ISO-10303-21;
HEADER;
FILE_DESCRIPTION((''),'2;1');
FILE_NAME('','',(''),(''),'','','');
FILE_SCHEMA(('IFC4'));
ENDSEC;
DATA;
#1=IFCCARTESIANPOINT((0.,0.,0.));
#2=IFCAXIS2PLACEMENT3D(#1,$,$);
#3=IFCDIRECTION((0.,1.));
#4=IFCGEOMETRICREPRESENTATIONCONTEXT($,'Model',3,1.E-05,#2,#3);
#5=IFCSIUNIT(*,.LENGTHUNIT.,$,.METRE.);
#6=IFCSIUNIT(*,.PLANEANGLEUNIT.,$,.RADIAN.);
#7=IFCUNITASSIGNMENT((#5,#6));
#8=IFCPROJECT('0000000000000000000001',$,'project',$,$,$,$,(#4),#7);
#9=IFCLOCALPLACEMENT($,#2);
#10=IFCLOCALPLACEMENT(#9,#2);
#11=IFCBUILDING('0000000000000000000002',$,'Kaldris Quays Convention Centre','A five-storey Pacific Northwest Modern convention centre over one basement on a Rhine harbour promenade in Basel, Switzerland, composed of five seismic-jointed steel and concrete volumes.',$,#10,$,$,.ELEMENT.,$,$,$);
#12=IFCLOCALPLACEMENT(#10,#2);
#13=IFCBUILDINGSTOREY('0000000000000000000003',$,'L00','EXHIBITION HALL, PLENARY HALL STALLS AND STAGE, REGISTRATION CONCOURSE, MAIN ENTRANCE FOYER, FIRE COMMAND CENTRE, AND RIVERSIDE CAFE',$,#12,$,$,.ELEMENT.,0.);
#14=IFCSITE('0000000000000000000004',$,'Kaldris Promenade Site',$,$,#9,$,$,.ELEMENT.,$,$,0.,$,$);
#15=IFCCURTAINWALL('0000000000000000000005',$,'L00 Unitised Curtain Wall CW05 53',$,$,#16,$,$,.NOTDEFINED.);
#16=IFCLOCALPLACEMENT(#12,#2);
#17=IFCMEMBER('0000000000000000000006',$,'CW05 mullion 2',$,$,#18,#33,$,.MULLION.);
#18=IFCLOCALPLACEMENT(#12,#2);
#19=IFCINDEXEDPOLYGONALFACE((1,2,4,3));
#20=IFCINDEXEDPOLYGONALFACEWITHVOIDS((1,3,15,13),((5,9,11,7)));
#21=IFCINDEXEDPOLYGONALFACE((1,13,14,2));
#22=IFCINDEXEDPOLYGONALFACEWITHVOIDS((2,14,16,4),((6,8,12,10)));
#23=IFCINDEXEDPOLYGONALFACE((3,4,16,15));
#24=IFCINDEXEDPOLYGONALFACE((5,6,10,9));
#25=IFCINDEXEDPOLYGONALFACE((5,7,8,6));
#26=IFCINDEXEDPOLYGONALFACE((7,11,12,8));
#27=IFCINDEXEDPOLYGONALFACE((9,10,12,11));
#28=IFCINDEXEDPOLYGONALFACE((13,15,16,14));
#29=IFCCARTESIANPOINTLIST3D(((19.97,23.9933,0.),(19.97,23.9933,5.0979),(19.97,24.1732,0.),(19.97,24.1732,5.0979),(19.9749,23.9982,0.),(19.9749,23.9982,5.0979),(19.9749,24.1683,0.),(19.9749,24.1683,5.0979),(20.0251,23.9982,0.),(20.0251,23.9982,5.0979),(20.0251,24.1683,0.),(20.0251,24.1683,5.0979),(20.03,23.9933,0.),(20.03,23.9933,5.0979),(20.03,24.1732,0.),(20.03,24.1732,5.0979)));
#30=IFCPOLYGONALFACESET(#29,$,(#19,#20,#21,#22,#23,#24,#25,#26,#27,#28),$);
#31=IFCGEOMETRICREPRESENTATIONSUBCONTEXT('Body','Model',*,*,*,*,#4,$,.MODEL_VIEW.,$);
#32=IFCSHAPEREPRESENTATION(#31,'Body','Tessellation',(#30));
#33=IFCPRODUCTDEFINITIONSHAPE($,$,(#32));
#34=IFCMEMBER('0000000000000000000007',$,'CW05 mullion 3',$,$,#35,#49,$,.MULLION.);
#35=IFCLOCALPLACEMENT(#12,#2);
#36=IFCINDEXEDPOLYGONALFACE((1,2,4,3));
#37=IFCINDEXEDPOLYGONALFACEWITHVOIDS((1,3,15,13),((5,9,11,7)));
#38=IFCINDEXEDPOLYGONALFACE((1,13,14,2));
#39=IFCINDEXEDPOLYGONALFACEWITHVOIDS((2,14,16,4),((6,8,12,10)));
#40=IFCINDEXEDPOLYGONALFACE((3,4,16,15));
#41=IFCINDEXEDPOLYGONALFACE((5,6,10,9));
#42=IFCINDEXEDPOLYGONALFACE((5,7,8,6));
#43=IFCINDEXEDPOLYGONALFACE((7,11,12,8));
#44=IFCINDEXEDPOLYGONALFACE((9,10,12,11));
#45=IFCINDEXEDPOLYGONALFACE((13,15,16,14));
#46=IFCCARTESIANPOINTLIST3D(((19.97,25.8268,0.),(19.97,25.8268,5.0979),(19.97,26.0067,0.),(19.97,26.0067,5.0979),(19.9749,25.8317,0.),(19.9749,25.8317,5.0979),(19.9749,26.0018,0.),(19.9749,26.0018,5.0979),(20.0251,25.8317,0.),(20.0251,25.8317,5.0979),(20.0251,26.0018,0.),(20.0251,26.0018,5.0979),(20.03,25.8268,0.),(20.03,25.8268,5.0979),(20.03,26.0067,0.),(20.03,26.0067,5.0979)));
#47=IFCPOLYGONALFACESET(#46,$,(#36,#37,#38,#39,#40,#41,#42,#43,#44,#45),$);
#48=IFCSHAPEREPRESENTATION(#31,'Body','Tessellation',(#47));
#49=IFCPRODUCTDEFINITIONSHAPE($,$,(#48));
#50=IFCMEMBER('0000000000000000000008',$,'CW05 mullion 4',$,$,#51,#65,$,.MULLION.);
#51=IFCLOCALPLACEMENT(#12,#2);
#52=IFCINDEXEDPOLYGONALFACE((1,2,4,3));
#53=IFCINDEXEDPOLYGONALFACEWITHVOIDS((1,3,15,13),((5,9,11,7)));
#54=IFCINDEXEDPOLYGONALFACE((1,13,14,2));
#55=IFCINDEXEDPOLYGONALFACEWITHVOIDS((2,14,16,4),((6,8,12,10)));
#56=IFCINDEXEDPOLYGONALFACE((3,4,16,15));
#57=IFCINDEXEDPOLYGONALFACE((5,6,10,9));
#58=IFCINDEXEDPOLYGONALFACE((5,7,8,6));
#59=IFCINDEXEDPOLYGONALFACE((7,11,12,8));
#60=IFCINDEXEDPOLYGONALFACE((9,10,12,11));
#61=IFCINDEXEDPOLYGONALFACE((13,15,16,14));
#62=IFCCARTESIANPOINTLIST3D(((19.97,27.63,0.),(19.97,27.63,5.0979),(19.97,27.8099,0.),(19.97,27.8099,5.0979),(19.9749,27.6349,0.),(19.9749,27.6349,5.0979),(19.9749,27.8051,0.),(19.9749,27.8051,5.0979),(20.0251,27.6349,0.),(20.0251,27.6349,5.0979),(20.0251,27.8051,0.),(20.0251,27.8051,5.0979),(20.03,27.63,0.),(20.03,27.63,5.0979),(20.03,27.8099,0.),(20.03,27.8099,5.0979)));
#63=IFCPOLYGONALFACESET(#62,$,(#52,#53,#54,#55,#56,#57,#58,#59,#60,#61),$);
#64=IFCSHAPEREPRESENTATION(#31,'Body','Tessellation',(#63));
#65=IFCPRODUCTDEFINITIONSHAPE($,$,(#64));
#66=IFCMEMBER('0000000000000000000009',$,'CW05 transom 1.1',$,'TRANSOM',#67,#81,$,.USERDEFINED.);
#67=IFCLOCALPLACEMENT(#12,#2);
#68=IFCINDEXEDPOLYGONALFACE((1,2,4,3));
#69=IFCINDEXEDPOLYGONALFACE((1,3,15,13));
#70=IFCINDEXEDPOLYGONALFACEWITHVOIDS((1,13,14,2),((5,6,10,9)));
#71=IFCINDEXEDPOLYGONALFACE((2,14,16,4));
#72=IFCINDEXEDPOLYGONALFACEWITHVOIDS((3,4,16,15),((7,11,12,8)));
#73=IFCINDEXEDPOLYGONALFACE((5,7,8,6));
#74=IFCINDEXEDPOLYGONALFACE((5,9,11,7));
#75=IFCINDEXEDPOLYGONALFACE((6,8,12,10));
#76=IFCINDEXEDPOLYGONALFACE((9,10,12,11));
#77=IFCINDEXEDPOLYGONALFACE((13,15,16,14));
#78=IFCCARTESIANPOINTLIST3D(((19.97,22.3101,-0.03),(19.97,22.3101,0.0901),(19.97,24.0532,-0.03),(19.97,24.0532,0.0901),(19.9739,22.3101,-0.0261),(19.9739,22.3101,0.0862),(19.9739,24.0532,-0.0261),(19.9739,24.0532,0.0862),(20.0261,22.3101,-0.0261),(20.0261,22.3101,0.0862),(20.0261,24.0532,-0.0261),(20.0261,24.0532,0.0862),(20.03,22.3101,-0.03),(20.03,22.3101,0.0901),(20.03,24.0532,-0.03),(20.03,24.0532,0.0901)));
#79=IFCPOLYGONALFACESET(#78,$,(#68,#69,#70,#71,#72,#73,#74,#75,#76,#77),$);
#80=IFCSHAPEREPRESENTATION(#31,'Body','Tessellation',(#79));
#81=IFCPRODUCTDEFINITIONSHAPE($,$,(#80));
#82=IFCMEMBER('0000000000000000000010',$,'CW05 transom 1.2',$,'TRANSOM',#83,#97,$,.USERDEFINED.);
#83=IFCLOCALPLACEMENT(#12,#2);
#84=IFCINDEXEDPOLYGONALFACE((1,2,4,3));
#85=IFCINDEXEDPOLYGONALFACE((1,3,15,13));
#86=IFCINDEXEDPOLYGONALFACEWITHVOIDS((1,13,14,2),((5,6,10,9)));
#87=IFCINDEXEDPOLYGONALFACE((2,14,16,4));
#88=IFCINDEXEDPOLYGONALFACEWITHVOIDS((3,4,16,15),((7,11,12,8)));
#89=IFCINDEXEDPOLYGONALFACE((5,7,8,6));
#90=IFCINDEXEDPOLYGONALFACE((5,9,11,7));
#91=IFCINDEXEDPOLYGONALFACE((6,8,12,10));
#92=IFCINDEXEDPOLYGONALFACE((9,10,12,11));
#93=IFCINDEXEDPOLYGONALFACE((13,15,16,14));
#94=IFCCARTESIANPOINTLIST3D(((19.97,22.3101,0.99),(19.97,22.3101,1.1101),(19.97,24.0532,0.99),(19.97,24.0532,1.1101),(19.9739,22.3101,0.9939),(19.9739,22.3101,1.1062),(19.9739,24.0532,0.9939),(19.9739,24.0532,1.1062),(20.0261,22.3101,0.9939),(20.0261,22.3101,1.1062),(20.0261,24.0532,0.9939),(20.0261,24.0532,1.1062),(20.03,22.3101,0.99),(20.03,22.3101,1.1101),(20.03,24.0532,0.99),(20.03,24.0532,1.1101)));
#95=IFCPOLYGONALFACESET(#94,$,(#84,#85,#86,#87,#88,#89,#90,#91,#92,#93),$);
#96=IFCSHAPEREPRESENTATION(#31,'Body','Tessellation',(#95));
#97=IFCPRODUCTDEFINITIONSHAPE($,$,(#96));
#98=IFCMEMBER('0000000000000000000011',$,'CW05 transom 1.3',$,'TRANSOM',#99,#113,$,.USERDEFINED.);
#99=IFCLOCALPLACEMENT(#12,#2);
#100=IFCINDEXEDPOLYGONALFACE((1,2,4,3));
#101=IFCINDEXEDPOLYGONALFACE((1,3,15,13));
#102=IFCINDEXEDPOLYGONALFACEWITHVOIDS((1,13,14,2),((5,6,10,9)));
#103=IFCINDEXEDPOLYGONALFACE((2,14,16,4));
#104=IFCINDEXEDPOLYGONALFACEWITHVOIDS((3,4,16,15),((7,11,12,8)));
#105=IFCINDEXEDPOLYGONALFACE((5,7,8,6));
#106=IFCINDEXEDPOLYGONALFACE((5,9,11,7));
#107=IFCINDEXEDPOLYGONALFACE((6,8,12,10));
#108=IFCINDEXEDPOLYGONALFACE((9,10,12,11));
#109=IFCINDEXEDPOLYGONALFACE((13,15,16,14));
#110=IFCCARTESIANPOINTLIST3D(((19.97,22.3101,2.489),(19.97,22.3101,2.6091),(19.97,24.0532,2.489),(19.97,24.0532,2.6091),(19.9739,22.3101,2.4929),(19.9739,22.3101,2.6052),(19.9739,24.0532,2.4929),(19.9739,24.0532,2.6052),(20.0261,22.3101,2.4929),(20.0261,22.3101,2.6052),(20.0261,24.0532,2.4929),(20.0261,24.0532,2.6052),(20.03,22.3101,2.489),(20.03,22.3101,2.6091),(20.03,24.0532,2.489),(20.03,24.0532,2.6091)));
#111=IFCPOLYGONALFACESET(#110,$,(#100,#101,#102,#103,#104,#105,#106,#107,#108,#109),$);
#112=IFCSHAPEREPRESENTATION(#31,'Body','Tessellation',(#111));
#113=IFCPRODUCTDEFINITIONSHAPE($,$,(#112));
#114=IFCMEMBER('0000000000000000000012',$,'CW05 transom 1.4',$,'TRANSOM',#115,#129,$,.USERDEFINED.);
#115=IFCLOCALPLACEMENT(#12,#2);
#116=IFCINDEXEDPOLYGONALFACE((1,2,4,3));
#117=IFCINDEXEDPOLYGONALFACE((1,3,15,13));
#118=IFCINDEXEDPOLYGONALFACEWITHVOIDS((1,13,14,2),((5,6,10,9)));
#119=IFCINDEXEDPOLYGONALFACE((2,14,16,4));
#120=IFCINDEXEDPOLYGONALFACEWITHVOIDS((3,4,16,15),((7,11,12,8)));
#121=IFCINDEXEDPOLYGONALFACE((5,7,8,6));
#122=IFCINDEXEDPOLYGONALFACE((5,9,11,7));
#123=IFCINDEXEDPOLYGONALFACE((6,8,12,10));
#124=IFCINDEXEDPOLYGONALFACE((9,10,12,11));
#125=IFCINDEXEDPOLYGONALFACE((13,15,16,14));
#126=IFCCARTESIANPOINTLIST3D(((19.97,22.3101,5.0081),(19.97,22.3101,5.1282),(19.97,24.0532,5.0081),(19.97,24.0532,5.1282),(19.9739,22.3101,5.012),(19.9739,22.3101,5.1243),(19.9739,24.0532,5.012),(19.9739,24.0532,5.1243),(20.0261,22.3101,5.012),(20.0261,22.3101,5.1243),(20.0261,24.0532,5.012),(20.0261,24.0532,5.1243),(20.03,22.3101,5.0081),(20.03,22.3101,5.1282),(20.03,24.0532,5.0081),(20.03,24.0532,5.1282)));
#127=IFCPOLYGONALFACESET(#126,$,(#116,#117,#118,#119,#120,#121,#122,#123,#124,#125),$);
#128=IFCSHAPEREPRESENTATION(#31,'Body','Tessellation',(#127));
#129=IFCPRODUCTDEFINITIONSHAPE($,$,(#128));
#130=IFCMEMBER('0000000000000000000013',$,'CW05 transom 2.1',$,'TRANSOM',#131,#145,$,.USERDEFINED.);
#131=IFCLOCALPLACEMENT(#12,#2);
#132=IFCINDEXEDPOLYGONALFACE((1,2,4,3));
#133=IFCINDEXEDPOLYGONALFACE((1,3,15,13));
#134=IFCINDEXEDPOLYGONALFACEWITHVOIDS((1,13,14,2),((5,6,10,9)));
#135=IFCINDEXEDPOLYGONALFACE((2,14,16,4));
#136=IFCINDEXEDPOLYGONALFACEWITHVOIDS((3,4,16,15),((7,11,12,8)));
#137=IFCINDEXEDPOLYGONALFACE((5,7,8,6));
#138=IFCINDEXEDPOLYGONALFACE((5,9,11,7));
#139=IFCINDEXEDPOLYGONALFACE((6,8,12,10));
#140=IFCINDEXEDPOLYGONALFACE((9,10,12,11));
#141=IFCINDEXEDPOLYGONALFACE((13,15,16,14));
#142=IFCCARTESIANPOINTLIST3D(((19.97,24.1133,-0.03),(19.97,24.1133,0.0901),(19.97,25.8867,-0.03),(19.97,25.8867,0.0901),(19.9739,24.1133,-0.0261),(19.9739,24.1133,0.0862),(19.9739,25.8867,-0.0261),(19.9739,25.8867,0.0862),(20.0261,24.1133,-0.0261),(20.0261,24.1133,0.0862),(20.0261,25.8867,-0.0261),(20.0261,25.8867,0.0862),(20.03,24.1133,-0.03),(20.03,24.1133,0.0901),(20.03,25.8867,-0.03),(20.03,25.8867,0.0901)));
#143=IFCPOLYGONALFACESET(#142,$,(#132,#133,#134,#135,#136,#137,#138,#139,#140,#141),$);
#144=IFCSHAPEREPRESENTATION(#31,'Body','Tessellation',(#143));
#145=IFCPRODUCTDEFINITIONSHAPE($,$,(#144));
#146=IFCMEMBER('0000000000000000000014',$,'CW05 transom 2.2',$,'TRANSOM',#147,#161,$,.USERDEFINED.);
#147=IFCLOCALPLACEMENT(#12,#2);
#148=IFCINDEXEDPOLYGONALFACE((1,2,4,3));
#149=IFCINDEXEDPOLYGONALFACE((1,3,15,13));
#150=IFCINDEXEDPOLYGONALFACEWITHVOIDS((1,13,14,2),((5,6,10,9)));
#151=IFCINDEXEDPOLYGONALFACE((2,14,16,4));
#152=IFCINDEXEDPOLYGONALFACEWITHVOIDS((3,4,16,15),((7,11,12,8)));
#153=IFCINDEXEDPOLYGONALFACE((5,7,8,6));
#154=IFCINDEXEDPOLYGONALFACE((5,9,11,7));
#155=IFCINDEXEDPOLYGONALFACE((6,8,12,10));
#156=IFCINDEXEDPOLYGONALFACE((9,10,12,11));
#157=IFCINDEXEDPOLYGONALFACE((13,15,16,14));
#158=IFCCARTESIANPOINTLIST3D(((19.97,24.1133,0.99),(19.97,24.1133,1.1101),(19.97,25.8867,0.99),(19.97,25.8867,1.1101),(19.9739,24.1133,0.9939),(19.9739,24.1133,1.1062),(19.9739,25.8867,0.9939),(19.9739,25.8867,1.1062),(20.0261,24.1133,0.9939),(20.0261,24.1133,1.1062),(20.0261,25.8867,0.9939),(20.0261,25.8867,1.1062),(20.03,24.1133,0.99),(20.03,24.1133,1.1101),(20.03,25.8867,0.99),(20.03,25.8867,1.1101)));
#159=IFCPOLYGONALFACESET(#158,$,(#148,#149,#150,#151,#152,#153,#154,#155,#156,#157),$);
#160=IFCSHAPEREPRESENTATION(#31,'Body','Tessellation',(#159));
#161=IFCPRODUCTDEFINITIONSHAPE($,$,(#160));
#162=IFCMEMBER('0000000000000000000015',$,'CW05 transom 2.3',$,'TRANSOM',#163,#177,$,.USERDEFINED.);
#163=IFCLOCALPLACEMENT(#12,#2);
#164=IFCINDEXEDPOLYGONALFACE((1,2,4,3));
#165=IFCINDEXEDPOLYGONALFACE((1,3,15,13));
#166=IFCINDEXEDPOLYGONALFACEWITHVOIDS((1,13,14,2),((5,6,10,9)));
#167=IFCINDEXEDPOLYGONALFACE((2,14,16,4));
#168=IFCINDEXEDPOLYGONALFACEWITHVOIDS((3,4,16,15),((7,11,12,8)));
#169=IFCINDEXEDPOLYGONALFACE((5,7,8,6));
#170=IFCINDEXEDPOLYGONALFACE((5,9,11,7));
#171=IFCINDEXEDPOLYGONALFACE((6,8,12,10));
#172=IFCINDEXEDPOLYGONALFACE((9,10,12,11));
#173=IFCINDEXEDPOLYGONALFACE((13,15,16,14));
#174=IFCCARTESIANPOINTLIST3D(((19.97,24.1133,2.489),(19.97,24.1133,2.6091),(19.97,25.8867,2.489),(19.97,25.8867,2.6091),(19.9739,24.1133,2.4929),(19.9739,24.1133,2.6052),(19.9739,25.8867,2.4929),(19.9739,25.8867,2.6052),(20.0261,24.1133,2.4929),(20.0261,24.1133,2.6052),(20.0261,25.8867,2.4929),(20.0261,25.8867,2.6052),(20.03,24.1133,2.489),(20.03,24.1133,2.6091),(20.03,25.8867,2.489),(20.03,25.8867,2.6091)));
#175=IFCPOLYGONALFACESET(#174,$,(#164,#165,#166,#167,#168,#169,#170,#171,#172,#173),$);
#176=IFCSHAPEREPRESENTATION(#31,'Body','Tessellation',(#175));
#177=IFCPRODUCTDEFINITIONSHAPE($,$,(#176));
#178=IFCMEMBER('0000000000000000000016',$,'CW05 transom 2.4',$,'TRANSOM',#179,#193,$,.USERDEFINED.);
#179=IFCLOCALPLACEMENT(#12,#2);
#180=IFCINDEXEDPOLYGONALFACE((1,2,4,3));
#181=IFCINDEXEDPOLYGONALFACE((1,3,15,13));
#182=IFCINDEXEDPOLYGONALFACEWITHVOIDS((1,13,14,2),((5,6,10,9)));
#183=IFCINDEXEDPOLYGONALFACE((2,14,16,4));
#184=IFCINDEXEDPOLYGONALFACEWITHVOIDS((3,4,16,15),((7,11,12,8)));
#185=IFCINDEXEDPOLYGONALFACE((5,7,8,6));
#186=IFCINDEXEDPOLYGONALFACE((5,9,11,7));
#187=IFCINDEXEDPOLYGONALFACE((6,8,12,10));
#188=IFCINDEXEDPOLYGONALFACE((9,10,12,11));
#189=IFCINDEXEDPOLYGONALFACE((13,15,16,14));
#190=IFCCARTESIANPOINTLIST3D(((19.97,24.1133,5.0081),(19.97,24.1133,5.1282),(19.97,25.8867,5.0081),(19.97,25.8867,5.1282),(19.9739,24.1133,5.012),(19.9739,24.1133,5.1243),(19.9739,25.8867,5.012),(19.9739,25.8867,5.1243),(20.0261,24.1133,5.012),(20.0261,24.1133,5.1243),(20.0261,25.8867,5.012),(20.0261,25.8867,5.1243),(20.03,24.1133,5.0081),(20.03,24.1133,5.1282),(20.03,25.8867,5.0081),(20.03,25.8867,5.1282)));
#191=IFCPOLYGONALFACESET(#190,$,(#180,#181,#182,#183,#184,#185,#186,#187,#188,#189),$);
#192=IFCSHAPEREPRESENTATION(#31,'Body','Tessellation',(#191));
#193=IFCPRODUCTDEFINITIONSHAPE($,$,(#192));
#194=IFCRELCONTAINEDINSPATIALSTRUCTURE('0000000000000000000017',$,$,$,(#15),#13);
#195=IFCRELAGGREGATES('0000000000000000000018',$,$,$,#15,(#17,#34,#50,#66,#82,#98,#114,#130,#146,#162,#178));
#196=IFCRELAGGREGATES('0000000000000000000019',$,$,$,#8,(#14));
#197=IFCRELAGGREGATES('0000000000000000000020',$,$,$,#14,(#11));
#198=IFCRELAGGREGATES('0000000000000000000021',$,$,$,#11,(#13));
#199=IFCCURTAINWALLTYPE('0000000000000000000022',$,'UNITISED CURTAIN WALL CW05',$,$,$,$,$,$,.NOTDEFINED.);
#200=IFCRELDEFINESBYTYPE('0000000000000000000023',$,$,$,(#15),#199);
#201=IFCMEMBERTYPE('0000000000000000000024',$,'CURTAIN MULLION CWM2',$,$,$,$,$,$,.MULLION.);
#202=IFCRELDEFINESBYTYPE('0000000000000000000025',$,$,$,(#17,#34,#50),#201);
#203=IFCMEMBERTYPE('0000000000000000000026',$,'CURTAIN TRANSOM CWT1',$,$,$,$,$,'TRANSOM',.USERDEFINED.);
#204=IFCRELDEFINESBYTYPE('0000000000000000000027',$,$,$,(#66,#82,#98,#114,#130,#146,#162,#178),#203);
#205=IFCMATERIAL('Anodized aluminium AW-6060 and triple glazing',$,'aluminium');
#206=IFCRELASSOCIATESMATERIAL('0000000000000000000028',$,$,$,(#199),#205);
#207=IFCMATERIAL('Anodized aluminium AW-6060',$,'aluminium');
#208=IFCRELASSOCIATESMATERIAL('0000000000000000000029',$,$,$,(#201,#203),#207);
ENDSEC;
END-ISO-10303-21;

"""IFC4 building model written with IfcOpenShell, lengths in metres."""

from ifc_helpers import new_model, si_unit, direction, frame, origin, origin_2d, place, context, subcontext, project, spatial, hollow_rectangle, extrude, material, material_profile, profile_set, type_object, element, aggregate, save


model = new_model("IFC4")

# Units and contexts
model_context = context("Model", 3, precision=1e-05, world=origin(), true_north=direction((0.0, 1.0)))
body_context = subcontext(model_context, "Body", "Model", "MODEL_VIEW")
ifc_project = project(units=[si_unit("LENGTHUNIT", "METRE"), si_unit("PLANEANGLEUNIT", "RADIAN")], contexts=[model_context])

# Site, building, storey
site_placement = place(None, origin())
site = spatial("IfcSite", under=ifc_project, at=site_placement, Name="Kaldris Promenade Site", CompositionType="ELEMENT", RefElevation=0.0)
building_placement = place(site_placement, origin())
building = spatial("IfcBuilding", under=site, at=building_placement, Name="Kaldris Quays Convention Centre", Description="A five-storey Pacific Northwest Modern convention centre over one basement on a Rhine harbour promenade in Basel, Switzerland, composed of five seismic-jointed steel and concrete volumes.", CompositionType="ELEMENT")
storey_placement = place(building_placement, origin())
storey = spatial("IfcBuildingStorey", under=building, at=storey_placement, Name="L00", Description="EXHIBITION HALL, PLENARY HALL STALLS AND STAGE, REGISTRATION CONCOURSE, MAIN ENTRANCE FOYER, FIRE COMMAND CENTRE, AND RIVERSIDE CAFE", CompositionType="ELEMENT", Elevation=0.0)

# Curtain wall, members
ifc_material_1 = material(Name="Anodized aluminium AW-6060 and triple glazing", Category="aluminium")
curtain_wall_type = type_object("IfcCurtainWallType", Name="UNITISED CURTAIN WALL CW05", PredefinedType="NOTDEFINED", material=ifc_material_1)
curtain_wall_placement = place(storey_placement, origin())
curtain_wall = element("IfcCurtainWall", 1, at=curtain_wall_placement, inside=storey, type_object=curtain_wall_type, Name="L00 Unitised Curtain Wall CW05 53", PredefinedType="NOTDEFINED")
ifc_material_2 = material(Name="Anodized aluminium AW-6060", Category="aluminium")
ifc_material_profile_1 = material_profile(ifc_material_2, hollow_rectangle(XDim=0.0601, YDim=0.1799, WallThickness=0.0049, at=origin_2d()), Name="RHS 180x60x5")
ifc_profile_set_1 = profile_set([ifc_material_profile_1], Name="Anodized aluminium AW-6060")
member_type_1 = type_object("IfcMemberType", Name="CURTAIN MULLION CWM2", PredefinedType="MULLION", material=ifc_profile_set_1)
member_1_placement = place(storey_placement, frame((20.0, 24.0833, 0.0), z_axis=(0.0, 0.0, 1.0), x_axis=(-1.0, 0.0, 0.0)))
member_1 = element("IfcMember", 2, at=member_1_placement, type_object=member_type_1, Name="CW05 mullion 2", PredefinedType="MULLION", context=body_context, shape_type="SweptSolid", body=[
    extrude(hollow_rectangle(XDim=0.0601, YDim=0.1799, WallThickness=0.0049, at=origin_2d()), origin(), (0.0, 0.0, 1.0), 5.0979),
])
member_2_placement = place(storey_placement, frame((20.0, 25.9167, 0.0), z_axis=(0.0, 0.0, 1.0), x_axis=(-1.0, 0.0, 0.0)))
member_2 = element("IfcMember", 3, at=member_2_placement, type_object=member_type_1, Name="CW05 mullion 3", PredefinedType="MULLION", context=body_context, shape_type="SweptSolid", body=[
    extrude(hollow_rectangle(XDim=0.0601, YDim=0.1799, WallThickness=0.0049, at=origin_2d()), origin(), (0.0, 0.0, 1.0), 5.0979),
])
member_3_placement = place(storey_placement, frame((20.0, 27.72, 0.0), z_axis=(0.0, 0.0, 1.0), x_axis=(-1.0, 0.0, 0.0)))
member_3 = element("IfcMember", 4, at=member_3_placement, type_object=member_type_1, Name="CW05 mullion 4", PredefinedType="MULLION", context=body_context, shape_type="SweptSolid", body=[
    extrude(hollow_rectangle(XDim=0.0601, YDim=0.1799, WallThickness=0.0049, at=origin_2d()), origin(), (0.0, 0.0, 1.0), 5.0979),
])
ifc_material_profile_2 = material_profile(ifc_material_2, hollow_rectangle(XDim=0.0601, YDim=0.1201, WallThickness=0.0039, at=origin_2d()), Name="RHS 120x60x4")
ifc_profile_set_2 = profile_set([ifc_material_profile_2], Name="Anodized aluminium AW-6060")
member_type_2 = type_object("IfcMemberType", Name="CURTAIN TRANSOM CWT1", ElementType="TRANSOM", PredefinedType="USERDEFINED", material=ifc_profile_set_2)
member_4_placement = place(storey_placement, frame((20.0, 22.3101, 0.03), z_axis=(0.0, 1.0, 0.0), x_axis=(-1.0, 0.0, 0.0)))
member_4 = element("IfcMember", 5, at=member_4_placement, type_object=member_type_2, Name="CW05 transom 1.1", ObjectType="TRANSOM", PredefinedType="USERDEFINED", context=body_context, shape_type="SweptSolid", body=[
    extrude(hollow_rectangle(XDim=0.0601, YDim=0.1201, WallThickness=0.0039, at=origin_2d()), origin(), (0.0, 0.0, 1.0), 1.7432),
])
member_5_placement = place(storey_placement, frame((20.0, 22.3101, 1.05), z_axis=(0.0, 1.0, 0.0), x_axis=(-1.0, 0.0, 0.0)))
member_5 = element("IfcMember", 6, at=member_5_placement, type_object=member_type_2, Name="CW05 transom 1.2", ObjectType="TRANSOM", PredefinedType="USERDEFINED", context=body_context, shape_type="SweptSolid", body=[
    extrude(hollow_rectangle(XDim=0.0601, YDim=0.1201, WallThickness=0.0039, at=origin_2d()), origin(), (0.0, 0.0, 1.0), 1.7432),
])
member_6_placement = place(storey_placement, frame((20.0, 22.3101, 2.5491), z_axis=(0.0, 1.0, 0.0), x_axis=(-1.0, 0.0, 0.0)))
member_6 = element("IfcMember", 7, at=member_6_placement, type_object=member_type_2, Name="CW05 transom 1.3", ObjectType="TRANSOM", PredefinedType="USERDEFINED", context=body_context, shape_type="SweptSolid", body=[
    extrude(hollow_rectangle(XDim=0.0601, YDim=0.1201, WallThickness=0.0039, at=origin_2d()), origin(), (0.0, 0.0, 1.0), 1.7432),
])
member_7_placement = place(storey_placement, frame((20.0, 22.3101, 5.0681), z_axis=(0.0, 1.0, 0.0), x_axis=(-1.0, 0.0, 0.0)))
member_7 = element("IfcMember", 8, at=member_7_placement, type_object=member_type_2, Name="CW05 transom 1.4", ObjectType="TRANSOM", PredefinedType="USERDEFINED", context=body_context, shape_type="SweptSolid", body=[
    extrude(hollow_rectangle(XDim=0.0601, YDim=0.1201, WallThickness=0.0039, at=origin_2d()), origin(), (0.0, 0.0, 1.0), 1.7432),
])
member_8_placement = place(storey_placement, frame((20.0, 24.1133, 0.03), z_axis=(0.0, 1.0, 0.0), x_axis=(-1.0, 0.0, 0.0)))
member_8 = element("IfcMember", 9, at=member_8_placement, type_object=member_type_2, Name="CW05 transom 2.1", ObjectType="TRANSOM", PredefinedType="USERDEFINED", context=body_context, shape_type="SweptSolid", body=[
    extrude(hollow_rectangle(XDim=0.0601, YDim=0.1201, WallThickness=0.0039, at=origin_2d()), origin(), (0.0, 0.0, 1.0), 1.7734),
])
member_9_placement = place(storey_placement, frame((20.0, 24.1133, 1.05), z_axis=(0.0, 1.0, 0.0), x_axis=(-1.0, 0.0, 0.0)))
member_9 = element("IfcMember", 10, at=member_9_placement, type_object=member_type_2, Name="CW05 transom 2.2", ObjectType="TRANSOM", PredefinedType="USERDEFINED", context=body_context, shape_type="SweptSolid", body=[
    extrude(hollow_rectangle(XDim=0.0601, YDim=0.1201, WallThickness=0.0039, at=origin_2d()), origin(), (0.0, 0.0, 1.0), 1.7734),
])
member_10_placement = place(storey_placement, frame((20.0, 24.1133, 2.5491), z_axis=(0.0, 1.0, 0.0), x_axis=(-1.0, 0.0, 0.0)))
member_10 = element("IfcMember", 11, at=member_10_placement, type_object=member_type_2, Name="CW05 transom 2.3", ObjectType="TRANSOM", PredefinedType="USERDEFINED", context=body_context, shape_type="SweptSolid", body=[
    extrude(hollow_rectangle(XDim=0.0601, YDim=0.1201, WallThickness=0.0039, at=origin_2d()), origin(), (0.0, 0.0, 1.0), 1.7734),
])
member_11_placement = place(storey_placement, frame((20.0, 24.1133, 5.0681), z_axis=(0.0, 1.0, 0.0), x_axis=(-1.0, 0.0, 0.0)))
member_11 = element("IfcMember", 12, at=member_11_placement, type_object=member_type_2, Name="CW05 transom 2.4", ObjectType="TRANSOM", PredefinedType="USERDEFINED", context=body_context, shape_type="SweptSolid", body=[
    extrude(hollow_rectangle(XDim=0.0601, YDim=0.1201, WallThickness=0.0039, at=origin_2d()), origin(), (0.0, 0.0, 1.0), 1.7734),
])
aggregate(curtain_wall, [member_1, member_2, member_3, member_4, member_5, member_6, member_7, member_8, member_9, member_10, member_11])

save(model, "model.ifc")
